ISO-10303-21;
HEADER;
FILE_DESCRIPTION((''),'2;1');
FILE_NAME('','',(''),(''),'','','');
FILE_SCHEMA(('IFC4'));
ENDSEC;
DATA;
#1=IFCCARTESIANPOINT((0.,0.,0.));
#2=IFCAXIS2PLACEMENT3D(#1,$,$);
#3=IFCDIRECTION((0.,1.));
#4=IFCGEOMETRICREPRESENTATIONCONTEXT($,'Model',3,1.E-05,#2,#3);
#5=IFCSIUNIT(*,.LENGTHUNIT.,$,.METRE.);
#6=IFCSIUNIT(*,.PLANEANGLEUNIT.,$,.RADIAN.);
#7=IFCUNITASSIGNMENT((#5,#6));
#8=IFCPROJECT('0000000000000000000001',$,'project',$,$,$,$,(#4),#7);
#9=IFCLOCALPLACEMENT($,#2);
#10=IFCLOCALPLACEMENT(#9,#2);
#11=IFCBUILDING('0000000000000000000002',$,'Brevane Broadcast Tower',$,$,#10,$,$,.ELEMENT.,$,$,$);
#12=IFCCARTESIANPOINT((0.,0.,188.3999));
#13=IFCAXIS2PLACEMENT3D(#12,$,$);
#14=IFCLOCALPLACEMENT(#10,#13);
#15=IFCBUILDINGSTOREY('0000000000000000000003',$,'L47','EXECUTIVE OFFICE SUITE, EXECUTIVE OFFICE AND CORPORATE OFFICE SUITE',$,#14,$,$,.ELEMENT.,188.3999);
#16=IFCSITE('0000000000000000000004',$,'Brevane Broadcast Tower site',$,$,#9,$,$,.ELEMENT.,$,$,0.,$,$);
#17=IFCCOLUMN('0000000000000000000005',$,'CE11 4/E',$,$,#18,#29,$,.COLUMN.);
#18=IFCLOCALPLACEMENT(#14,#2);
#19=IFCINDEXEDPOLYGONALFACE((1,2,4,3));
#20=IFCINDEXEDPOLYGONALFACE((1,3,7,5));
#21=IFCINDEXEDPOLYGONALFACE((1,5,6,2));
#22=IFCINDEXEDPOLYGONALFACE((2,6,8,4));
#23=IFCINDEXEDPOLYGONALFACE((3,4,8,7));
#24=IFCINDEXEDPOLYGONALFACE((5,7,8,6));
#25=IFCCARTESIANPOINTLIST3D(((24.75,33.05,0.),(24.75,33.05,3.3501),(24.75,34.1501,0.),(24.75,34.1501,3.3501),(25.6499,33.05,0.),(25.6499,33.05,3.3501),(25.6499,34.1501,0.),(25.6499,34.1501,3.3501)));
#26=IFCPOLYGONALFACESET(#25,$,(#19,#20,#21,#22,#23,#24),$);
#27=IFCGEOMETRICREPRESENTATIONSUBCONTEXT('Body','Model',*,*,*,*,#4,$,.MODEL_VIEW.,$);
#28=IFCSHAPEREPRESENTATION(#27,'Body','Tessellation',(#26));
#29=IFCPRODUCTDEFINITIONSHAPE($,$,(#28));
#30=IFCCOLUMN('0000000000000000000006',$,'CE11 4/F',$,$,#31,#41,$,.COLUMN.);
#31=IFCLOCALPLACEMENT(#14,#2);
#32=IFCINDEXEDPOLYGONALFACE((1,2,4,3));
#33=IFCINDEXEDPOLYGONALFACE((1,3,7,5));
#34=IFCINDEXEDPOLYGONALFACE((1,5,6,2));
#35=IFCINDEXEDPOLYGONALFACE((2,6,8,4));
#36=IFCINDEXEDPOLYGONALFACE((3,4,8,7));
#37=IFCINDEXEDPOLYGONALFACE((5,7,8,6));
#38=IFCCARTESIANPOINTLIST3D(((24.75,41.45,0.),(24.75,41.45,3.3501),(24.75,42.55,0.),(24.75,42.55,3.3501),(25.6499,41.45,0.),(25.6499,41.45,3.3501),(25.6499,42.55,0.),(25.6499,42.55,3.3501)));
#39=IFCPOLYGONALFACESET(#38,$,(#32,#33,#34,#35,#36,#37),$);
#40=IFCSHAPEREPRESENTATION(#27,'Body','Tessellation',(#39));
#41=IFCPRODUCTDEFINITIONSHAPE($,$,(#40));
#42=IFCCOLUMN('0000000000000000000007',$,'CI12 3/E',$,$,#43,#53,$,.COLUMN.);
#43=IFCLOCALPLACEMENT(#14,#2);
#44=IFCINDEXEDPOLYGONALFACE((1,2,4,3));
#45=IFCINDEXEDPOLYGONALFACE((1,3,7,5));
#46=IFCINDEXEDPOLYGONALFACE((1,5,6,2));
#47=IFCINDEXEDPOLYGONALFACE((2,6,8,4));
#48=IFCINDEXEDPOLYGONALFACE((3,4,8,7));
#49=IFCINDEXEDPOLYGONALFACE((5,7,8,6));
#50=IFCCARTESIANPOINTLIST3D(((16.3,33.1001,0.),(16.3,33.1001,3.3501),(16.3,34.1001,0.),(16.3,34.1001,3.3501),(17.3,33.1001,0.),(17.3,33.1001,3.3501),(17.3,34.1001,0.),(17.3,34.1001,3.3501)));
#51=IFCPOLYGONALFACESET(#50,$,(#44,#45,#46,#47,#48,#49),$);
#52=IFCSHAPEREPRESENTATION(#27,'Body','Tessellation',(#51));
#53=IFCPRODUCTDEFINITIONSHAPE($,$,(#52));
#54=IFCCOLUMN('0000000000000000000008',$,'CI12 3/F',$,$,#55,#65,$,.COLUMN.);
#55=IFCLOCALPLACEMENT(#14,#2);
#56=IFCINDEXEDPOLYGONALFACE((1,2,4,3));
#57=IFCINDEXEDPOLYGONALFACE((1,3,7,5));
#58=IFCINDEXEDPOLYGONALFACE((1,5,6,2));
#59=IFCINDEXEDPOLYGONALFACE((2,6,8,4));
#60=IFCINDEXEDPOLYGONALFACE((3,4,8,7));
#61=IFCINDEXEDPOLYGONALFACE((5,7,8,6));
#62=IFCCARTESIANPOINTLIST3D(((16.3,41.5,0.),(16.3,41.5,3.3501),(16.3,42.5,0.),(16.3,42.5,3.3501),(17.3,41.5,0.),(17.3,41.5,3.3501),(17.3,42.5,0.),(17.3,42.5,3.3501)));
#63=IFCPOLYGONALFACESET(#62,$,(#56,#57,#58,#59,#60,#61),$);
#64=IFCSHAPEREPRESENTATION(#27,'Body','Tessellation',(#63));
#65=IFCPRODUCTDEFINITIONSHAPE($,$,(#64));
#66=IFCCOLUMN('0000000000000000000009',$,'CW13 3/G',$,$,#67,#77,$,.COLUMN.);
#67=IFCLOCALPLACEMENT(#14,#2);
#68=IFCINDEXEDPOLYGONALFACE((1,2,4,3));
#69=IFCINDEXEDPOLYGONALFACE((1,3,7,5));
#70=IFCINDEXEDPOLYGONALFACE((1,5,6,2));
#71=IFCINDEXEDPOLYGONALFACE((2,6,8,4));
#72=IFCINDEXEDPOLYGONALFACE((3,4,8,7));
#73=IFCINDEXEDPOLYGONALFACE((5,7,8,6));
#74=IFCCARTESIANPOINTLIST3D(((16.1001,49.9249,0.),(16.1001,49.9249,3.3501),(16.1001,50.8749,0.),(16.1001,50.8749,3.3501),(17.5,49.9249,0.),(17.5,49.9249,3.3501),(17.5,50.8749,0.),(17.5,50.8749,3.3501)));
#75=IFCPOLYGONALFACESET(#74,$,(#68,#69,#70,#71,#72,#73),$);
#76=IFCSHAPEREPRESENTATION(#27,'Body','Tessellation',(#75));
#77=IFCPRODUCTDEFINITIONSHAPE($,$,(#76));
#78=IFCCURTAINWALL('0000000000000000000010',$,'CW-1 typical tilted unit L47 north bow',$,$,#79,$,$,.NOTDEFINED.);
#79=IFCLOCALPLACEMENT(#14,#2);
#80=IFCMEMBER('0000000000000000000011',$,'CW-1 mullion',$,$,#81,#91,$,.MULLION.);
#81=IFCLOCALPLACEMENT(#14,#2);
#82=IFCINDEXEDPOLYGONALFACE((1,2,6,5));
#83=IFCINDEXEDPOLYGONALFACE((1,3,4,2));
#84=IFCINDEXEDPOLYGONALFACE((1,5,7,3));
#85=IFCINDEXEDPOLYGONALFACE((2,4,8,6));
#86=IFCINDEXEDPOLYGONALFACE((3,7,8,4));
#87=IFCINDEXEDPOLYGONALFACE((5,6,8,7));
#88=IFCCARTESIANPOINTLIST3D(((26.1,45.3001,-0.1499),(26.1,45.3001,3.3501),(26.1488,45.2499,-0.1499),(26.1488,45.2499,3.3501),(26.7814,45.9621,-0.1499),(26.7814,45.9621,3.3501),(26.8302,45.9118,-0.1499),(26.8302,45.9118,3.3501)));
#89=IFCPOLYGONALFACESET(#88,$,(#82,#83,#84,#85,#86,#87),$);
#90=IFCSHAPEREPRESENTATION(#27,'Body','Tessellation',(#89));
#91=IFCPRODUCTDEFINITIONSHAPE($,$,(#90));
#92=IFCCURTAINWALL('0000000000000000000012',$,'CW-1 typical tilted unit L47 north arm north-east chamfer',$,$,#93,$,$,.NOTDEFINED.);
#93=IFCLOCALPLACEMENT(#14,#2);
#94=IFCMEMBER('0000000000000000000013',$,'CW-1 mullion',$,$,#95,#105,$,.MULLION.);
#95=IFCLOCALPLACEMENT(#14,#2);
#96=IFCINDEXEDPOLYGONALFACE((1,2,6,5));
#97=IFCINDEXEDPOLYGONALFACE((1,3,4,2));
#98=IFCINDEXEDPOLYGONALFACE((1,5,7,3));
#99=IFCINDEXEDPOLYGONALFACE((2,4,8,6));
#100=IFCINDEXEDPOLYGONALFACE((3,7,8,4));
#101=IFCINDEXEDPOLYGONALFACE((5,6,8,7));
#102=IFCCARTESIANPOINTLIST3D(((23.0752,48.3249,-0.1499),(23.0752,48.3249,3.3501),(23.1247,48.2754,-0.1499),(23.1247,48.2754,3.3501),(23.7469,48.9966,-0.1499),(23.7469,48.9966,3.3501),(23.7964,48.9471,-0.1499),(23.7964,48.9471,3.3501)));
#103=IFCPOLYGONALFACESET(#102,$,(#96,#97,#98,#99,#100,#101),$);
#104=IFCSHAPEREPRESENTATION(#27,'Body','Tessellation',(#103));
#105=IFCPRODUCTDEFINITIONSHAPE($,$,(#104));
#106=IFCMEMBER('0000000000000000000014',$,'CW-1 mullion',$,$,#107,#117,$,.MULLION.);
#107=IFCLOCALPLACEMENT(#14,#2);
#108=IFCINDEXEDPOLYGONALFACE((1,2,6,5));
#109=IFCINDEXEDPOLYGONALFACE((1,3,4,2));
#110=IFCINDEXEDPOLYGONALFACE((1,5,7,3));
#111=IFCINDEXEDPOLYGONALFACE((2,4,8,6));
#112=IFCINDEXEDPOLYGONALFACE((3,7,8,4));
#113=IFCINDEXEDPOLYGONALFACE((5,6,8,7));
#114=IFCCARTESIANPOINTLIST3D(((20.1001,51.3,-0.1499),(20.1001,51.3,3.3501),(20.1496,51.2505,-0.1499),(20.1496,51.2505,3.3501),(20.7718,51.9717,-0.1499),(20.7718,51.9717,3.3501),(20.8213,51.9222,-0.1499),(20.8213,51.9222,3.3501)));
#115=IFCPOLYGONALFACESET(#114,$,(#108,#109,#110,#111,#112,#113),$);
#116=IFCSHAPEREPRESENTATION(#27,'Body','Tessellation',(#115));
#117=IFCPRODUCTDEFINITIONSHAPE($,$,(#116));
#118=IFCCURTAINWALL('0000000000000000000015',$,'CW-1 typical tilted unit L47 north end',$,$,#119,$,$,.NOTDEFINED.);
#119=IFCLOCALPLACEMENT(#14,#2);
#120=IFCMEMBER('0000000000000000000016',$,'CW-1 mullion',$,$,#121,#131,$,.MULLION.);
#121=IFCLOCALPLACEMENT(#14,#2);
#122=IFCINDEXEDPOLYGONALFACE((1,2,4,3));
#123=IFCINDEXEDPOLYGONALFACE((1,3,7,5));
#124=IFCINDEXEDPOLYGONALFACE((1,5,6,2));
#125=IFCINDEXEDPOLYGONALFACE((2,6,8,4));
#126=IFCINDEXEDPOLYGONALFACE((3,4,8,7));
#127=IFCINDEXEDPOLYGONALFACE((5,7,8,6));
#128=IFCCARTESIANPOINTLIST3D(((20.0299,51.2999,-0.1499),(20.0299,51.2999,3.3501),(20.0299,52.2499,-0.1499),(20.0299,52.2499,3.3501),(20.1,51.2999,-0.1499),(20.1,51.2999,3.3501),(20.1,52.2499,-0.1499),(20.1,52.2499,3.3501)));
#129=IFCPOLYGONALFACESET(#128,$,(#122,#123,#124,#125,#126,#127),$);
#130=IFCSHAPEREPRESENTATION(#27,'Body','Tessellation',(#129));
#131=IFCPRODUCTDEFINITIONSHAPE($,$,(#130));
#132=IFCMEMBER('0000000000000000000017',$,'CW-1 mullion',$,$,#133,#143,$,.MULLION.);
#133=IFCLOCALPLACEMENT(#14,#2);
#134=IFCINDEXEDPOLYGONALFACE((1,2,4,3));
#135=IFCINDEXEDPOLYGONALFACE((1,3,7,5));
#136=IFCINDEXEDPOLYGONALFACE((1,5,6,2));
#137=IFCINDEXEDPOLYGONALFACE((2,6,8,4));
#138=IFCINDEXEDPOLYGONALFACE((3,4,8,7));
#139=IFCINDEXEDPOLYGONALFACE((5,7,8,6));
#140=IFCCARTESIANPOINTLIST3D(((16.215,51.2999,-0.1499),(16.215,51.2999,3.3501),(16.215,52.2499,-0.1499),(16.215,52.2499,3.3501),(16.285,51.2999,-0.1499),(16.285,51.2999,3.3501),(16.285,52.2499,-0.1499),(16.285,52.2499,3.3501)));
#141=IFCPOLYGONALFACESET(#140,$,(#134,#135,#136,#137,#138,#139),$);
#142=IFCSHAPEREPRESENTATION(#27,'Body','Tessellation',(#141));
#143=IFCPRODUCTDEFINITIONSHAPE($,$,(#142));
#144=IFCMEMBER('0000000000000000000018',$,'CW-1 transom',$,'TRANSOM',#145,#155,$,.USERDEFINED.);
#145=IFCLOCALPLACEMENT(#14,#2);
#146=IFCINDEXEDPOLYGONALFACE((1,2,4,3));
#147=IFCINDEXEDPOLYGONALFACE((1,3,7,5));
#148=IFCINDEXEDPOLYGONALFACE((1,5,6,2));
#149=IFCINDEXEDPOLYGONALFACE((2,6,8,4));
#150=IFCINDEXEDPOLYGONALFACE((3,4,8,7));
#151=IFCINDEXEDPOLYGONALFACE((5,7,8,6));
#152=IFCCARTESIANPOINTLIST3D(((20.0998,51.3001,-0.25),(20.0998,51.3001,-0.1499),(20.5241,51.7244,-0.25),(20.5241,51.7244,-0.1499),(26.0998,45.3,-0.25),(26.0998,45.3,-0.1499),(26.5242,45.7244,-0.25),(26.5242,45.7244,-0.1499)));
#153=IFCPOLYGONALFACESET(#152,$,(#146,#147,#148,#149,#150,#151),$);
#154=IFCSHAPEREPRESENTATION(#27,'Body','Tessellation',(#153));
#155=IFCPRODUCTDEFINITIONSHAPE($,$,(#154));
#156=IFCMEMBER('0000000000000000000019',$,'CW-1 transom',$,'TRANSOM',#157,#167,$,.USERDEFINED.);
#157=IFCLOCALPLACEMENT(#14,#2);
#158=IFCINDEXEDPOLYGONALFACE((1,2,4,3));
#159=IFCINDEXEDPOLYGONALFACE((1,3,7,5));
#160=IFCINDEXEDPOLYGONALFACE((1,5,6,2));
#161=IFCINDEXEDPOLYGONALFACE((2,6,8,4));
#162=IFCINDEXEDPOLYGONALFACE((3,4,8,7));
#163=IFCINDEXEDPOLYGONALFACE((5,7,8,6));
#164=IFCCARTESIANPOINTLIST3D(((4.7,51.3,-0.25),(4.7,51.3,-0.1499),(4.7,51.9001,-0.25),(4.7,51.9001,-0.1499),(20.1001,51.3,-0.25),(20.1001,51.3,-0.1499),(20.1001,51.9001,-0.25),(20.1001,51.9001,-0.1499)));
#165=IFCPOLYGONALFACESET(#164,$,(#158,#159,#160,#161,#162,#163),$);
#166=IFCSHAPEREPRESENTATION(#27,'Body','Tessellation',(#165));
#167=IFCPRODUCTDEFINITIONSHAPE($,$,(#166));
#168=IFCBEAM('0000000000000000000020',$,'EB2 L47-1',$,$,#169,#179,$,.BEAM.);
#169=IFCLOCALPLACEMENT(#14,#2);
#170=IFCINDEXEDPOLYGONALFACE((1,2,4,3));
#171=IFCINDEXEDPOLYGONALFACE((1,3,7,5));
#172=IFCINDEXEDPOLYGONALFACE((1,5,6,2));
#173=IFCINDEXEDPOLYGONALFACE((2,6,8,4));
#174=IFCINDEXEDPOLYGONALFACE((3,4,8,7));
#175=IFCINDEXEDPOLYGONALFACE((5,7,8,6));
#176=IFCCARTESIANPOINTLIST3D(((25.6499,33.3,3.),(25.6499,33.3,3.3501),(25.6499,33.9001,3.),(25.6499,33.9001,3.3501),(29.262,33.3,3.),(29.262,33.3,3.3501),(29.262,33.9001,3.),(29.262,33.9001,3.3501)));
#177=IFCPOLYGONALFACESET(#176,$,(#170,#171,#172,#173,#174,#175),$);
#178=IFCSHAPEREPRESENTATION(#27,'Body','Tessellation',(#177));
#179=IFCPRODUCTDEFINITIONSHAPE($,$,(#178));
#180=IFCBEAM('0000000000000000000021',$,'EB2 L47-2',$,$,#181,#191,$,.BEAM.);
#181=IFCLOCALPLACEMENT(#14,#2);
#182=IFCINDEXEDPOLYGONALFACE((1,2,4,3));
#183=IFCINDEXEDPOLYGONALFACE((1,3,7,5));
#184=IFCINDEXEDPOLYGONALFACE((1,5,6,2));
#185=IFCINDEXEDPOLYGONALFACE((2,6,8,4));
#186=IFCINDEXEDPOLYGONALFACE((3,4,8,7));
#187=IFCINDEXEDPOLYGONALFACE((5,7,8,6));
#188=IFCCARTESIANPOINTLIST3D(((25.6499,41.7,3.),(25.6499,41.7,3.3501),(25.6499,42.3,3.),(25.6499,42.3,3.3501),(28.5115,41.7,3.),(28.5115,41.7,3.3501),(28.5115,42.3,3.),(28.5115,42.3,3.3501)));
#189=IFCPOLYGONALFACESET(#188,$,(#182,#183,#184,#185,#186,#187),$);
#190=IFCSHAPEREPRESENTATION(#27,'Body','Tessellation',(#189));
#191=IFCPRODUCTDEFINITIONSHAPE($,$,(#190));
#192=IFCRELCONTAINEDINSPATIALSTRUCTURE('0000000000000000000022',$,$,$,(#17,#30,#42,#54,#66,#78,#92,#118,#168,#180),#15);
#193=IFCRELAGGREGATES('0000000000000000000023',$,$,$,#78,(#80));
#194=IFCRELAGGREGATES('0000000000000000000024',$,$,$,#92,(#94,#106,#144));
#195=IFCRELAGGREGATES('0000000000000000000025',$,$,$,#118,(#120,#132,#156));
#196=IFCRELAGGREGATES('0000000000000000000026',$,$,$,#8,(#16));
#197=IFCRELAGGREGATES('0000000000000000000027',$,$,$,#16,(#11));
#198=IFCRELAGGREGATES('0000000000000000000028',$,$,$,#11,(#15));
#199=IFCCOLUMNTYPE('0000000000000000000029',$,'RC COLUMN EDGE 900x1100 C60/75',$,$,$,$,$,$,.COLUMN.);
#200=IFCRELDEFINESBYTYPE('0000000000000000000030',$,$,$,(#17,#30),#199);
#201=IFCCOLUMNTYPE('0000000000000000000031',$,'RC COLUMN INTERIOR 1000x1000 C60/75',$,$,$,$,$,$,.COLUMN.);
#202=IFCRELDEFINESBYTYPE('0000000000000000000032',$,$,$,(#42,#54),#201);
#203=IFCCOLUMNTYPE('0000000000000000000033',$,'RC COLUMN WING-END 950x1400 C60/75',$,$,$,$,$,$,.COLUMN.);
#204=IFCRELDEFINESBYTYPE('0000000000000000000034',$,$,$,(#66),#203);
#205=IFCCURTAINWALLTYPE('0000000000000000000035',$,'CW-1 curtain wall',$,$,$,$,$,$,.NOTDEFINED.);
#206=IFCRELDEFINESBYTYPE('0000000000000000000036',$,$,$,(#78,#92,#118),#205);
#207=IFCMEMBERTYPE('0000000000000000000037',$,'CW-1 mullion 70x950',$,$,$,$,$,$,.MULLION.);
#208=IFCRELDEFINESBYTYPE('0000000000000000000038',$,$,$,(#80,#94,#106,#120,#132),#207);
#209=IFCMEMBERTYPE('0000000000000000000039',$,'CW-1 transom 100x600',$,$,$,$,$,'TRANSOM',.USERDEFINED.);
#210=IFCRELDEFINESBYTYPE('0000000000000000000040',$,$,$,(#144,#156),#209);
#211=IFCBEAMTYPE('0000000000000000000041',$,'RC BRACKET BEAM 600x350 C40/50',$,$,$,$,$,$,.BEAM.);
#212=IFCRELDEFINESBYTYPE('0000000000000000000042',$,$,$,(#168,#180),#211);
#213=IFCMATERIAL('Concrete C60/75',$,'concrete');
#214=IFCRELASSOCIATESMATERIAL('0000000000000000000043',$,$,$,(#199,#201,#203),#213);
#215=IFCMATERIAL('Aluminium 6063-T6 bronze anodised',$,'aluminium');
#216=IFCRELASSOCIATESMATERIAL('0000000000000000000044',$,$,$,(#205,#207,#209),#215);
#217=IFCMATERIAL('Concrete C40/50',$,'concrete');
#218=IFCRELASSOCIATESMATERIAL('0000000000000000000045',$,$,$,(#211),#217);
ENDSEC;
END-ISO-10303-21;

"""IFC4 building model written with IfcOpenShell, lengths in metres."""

from ifc_helpers import new_model, si_unit, direction, frame, origin, origin_2d, place, context, subcontext, project, spatial, rectangle, extrude, material, material_profile, profile_set, type_object, element, aggregate, save


model = new_model("IFC4")

# Units and contexts
model_context = context("Model", 3, precision=1e-05, world=origin(), true_north=direction((0.0, 1.0)))
body_context = subcontext(model_context, "Body", "Model", "MODEL_VIEW")
ifc_project = project(units=[si_unit("LENGTHUNIT", "METRE"), si_unit("PLANEANGLEUNIT", "RADIAN")], contexts=[model_context])

# Site, building, storey
site_placement = place(None, origin())
site = spatial("IfcSite", under=ifc_project, at=site_placement, Name="Brevane Broadcast Tower site", CompositionType="ELEMENT", RefElevation=0.0)
building_placement = place(site_placement, origin())
building = spatial("IfcBuilding", under=site, at=building_placement, Name="Brevane Broadcast Tower", CompositionType="ELEMENT")
storey_placement = place(building_placement, frame((0.0, 0.0, 188.3999)))
storey = spatial("IfcBuildingStorey", under=building, at=storey_placement, Name="L47", Description="EXECUTIVE OFFICE SUITE, EXECUTIVE OFFICE AND CORPORATE OFFICE SUITE", CompositionType="ELEMENT", Elevation=188.3999)

# Columns
ifc_material_1 = material(Name="Concrete C60/75", Category="concrete")
ifc_material_profile_1 = material_profile(ifc_material_1, rectangle(XDim=0.8999, YDim=1.1001, at=origin_2d()), Name="RC 900x1100")
ifc_profile_set_1 = profile_set([ifc_material_profile_1], Name="Concrete C60/75")
column_type_1 = type_object("IfcColumnType", Name="RC COLUMN EDGE 900x1100 C60/75", PredefinedType="COLUMN", material=ifc_profile_set_1)
for number, where, z_axis, x_axis, name in (
    (1, (25.2, 33.6001, 0.0), (0.0, 0.0, 1.0), (1.0, 0.0, 0.0), "CE11 4/E"),
    (2, (25.2, 42.0, 0.0), (0.0, 0.0, 1.0), (1.0, 0.0, 0.0), "CE11 4/F"),
):
    element("IfcColumn", number, at=place(storey_placement, frame(where, z_axis=z_axis, x_axis=x_axis)), inside=storey, type_object=column_type_1, Name=name, PredefinedType="COLUMN", context=body_context, shape_type="SweptSolid", body=[
        extrude(rectangle(XDim=0.8999, YDim=1.1001, at=origin_2d()), origin(), (0.0, 0.0, 1.0), 3.3501),
    ])
ifc_material_profile_2 = material_profile(ifc_material_1, rectangle(XDim=1.0, YDim=1.0, at=origin_2d()), Name="RC 1000x1000")
ifc_profile_set_2 = profile_set([ifc_material_profile_2], Name="Concrete C60/75")
column_type_2 = type_object("IfcColumnType", Name="RC COLUMN INTERIOR 1000x1000 C60/75", PredefinedType="COLUMN", material=ifc_profile_set_2)
for number, where, z_axis, x_axis, name in (
    (3, (16.8, 33.6001, 0.0), (0.0, 0.0, 1.0), (1.0, 0.0, 0.0), "CI12 3/E"),
    (4, (16.8, 42.0, 0.0), (0.0, 0.0, 1.0), (1.0, 0.0, 0.0), "CI12 3/F"),
):
    element("IfcColumn", number, at=place(storey_placement, frame(where, z_axis=z_axis, x_axis=x_axis)), inside=storey, type_object=column_type_2, Name=name, PredefinedType="COLUMN", context=body_context, shape_type="SweptSolid", body=[
        extrude(rectangle(XDim=1.0, YDim=1.0, at=origin_2d()), origin(), (0.0, 0.0, 1.0), 3.3501),
    ])
ifc_material_profile_3 = material_profile(ifc_material_1, rectangle(XDim=0.95, YDim=1.3999, at=origin_2d()), Name="RC 950x1400")
ifc_profile_set_3 = profile_set([ifc_material_profile_3], Name="Concrete C60/75")
column_type_3 = type_object("IfcColumnType", Name="RC COLUMN WING-END 950x1400 C60/75", PredefinedType="COLUMN", material=ifc_profile_set_3)
column_placement = place(storey_placement, frame((16.8, 50.3999, 0.0), z_axis=(0.0, 0.0, 1.0), x_axis=(0.0, 1.0, 0.0)))
element("IfcColumn", 5, at=column_placement, inside=storey, type_object=column_type_3, Name="CW13 3/G", PredefinedType="COLUMN", context=body_context, shape_type="SweptSolid", body=[
    extrude(rectangle(XDim=0.95, YDim=1.3999, at=origin_2d()), origin(), (0.0, 0.0, 1.0), 3.3501),
])

# Curtain wall, member
ifc_material_2 = material(Name="Aluminium 6063-T6 bronze anodised", Category="aluminium")
curtain_wall_type = type_object("IfcCurtainWallType", Name="CW-1 curtain wall", PredefinedType="NOTDEFINED", material=ifc_material_2)
curtain_wall_1_placement = place(storey_placement, origin())
curtain_wall_1 = element("IfcCurtainWall", 6, at=curtain_wall_1_placement, inside=storey, type_object=curtain_wall_type, Name="CW-1 typical tilted unit L47 north bow", PredefinedType="NOTDEFINED")
ifc_material_profile_4 = material_profile(ifc_material_2, rectangle(XDim=0.95, YDim=0.0701, at=origin_2d()), Name="RECT 70x950")
ifc_profile_set_4 = profile_set([ifc_material_profile_4], Name="Aluminium 6063-T6 bronze anodised")
member_type_1 = type_object("IfcMemberType", Name="CW-1 mullion 70x950", PredefinedType="MULLION", material=ifc_profile_set_4)
member_1_placement = place(storey_placement, frame((26.4651, 45.606, -0.1499), z_axis=(0.0, 0.0, 1.0), x_axis=(-0.717254, -0.696812, 0.0)))
member_1 = element("IfcMember", 7, at=member_1_placement, type_object=member_type_1, Name="CW-1 mullion", PredefinedType="MULLION", context=body_context, shape_type="SweptSolid", body=[
    extrude(rectangle(XDim=0.95, YDim=0.0701, at=origin_2d()), origin(), (0.0, 0.0, 1.0), 3.5),
])
aggregate(curtain_wall_1, [member_1])

# Curtain walls, members
curtain_wall_2_placement = place(storey_placement, origin())
curtain_wall_2 = element("IfcCurtainWall", 8, at=curtain_wall_2_placement, inside=storey, type_object=curtain_wall_type, Name="CW-1 typical tilted unit L47 north arm north-east chamfer", PredefinedType="NOTDEFINED")
member_2_placement = place(storey_placement, frame((23.4358, 48.636, -0.1499), z_axis=(0.0, 0.0, 1.0), x_axis=(-0.707107, -0.707107, 0.0)))
member_2 = element("IfcMember", 9, at=member_2_placement, type_object=member_type_1, Name="CW-1 mullion", PredefinedType="MULLION", context=body_context, shape_type="SweptSolid", body=[
    extrude(rectangle(XDim=0.95, YDim=0.0701, at=origin_2d()), origin(), (0.0, 0.0, 1.0), 3.5),
])
member_3_placement = place(storey_placement, frame((20.4607, 51.6111, -0.1499), z_axis=(0.0, 0.0, 1.0), x_axis=(-0.707107, -0.707107, 0.0)))
member_3 = element("IfcMember", 10, at=member_3_placement, type_object=member_type_1, Name="CW-1 mullion", PredefinedType="MULLION", context=body_context, shape_type="SweptSolid", body=[
    extrude(rectangle(XDim=0.95, YDim=0.0701, at=origin_2d()), origin(), (0.0, 0.0, 1.0), 3.5),
])
curtain_wall_3_placement = place(storey_placement, origin())
curtain_wall_3 = element("IfcCurtainWall", 11, at=curtain_wall_3_placement, inside=storey, type_object=curtain_wall_type, Name="CW-1 typical tilted unit L47 north end", PredefinedType="NOTDEFINED")
member_4_placement = place(storey_placement, frame((20.0649, 51.7749, -0.1499), z_axis=(0.0, 0.0, 1.0), x_axis=(0.0, -1.0, 0.0)))
member_4 = element("IfcMember", 12, at=member_4_placement, type_object=member_type_1, Name="CW-1 mullion", PredefinedType="MULLION", context=body_context, shape_type="SweptSolid", body=[
    extrude(rectangle(XDim=0.95, YDim=0.0701, at=origin_2d()), origin(), (0.0, 0.0, 1.0), 3.5),
])
member_5_placement = place(storey_placement, frame((16.25, 51.7749, -0.1499), z_axis=(0.0, 0.0, 1.0), x_axis=(0.0, -1.0, 0.0)))
member_5 = element("IfcMember", 13, at=member_5_placement, type_object=member_type_1, Name="CW-1 mullion", PredefinedType="MULLION", context=body_context, shape_type="SweptSolid", body=[
    extrude(rectangle(XDim=0.95, YDim=0.0701, at=origin_2d()), origin(), (0.0, 0.0, 1.0), 3.5),
])

# Members
ifc_material_profile_5 = material_profile(ifc_material_2, rectangle(XDim=0.6001, YDim=0.1001, at=origin_2d()), Name="RECT 100x600")
ifc_profile_set_5 = profile_set([ifc_material_profile_5], Name="Aluminium 6063-T6 bronze anodised")
member_type_2 = type_object("IfcMemberType", Name="CW-1 transom 100x600", ElementType="TRANSOM", PredefinedType="USERDEFINED", material=ifc_profile_set_5)
member_6_placement = place(storey_placement, frame((26.312, 45.5122, -0.2), z_axis=(-0.707107, 0.707107, 0.0), x_axis=(-0.707107, -0.707107, 0.0)))
member_6 = element("IfcMember", 14, at=member_6_placement, type_object=member_type_2, Name="CW-1 transom", ObjectType="TRANSOM", PredefinedType="USERDEFINED", context=body_context, shape_type="SweptSolid", body=[
    extrude(rectangle(XDim=0.6001, YDim=0.1001, at=origin_2d()), origin(), (0.0, 0.0, 1.0), 8.4854),
])
aggregate(curtain_wall_2, [member_2, member_3, member_6])
member_7_placement = place(storey_placement, frame((20.1001, 51.6001, -0.2), z_axis=(-1.0, 0.0, 0.0), x_axis=(0.0, -1.0, 0.0)))
member_7 = element("IfcMember", 15, at=member_7_placement, type_object=member_type_2, Name="CW-1 transom", ObjectType="TRANSOM", PredefinedType="USERDEFINED", context=body_context, shape_type="SweptSolid", body=[
    extrude(rectangle(XDim=0.6001, YDim=0.1001, at=origin_2d()), origin(), (0.0, 0.0, 1.0), 15.4001),
])
aggregate(curtain_wall_3, [member_4, member_5, member_7])

# Beams
ifc_material_3 = material(Name="Concrete C40/50", Category="concrete")
ifc_material_profile_6 = material_profile(ifc_material_3, rectangle(XDim=0.6001, YDim=0.3501, at=origin_2d()), Name="RC 600x350")
ifc_profile_set_6 = profile_set([ifc_material_profile_6], Name="Concrete C40/50")
beam_type_1 = type_object("IfcBeamType", Name="RC BRACKET BEAM 600x350 C40/50", PredefinedType="BEAM", material=ifc_profile_set_6)
beam_1_placement = place(storey_placement, frame((25.6499, 33.6001, 3.175), z_axis=(1.0, 0.0, 0.0), x_axis=(0.0, 1.0, 0.0)))
element("IfcBeam", 16, at=beam_1_placement, inside=storey, type_object=beam_type_1, Name="EB2 L47-1", PredefinedType="BEAM", context=body_context, shape_type="SweptSolid", body=[
    extrude(rectangle(XDim=0.6001, YDim=0.3501, at=origin_2d()), origin(), (0.0, 0.0, 1.0), 3.6121),
])
beam_2_placement = place(storey_placement, frame((25.6499, 42.0, 3.175), z_axis=(1.0, 0.0, 0.0), x_axis=(0.0, 1.0, 0.0)))
element("IfcBeam", 17, at=beam_2_placement, inside=storey, type_object=beam_type_1, Name="EB2 L47-2", PredefinedType="BEAM", context=body_context, shape_type="SweptSolid", body=[
    extrude(rectangle(XDim=0.6001, YDim=0.3501, at=origin_2d()), origin(), (0.0, 0.0, 1.0), 2.8616),
])

save(model, "model.ifc")
